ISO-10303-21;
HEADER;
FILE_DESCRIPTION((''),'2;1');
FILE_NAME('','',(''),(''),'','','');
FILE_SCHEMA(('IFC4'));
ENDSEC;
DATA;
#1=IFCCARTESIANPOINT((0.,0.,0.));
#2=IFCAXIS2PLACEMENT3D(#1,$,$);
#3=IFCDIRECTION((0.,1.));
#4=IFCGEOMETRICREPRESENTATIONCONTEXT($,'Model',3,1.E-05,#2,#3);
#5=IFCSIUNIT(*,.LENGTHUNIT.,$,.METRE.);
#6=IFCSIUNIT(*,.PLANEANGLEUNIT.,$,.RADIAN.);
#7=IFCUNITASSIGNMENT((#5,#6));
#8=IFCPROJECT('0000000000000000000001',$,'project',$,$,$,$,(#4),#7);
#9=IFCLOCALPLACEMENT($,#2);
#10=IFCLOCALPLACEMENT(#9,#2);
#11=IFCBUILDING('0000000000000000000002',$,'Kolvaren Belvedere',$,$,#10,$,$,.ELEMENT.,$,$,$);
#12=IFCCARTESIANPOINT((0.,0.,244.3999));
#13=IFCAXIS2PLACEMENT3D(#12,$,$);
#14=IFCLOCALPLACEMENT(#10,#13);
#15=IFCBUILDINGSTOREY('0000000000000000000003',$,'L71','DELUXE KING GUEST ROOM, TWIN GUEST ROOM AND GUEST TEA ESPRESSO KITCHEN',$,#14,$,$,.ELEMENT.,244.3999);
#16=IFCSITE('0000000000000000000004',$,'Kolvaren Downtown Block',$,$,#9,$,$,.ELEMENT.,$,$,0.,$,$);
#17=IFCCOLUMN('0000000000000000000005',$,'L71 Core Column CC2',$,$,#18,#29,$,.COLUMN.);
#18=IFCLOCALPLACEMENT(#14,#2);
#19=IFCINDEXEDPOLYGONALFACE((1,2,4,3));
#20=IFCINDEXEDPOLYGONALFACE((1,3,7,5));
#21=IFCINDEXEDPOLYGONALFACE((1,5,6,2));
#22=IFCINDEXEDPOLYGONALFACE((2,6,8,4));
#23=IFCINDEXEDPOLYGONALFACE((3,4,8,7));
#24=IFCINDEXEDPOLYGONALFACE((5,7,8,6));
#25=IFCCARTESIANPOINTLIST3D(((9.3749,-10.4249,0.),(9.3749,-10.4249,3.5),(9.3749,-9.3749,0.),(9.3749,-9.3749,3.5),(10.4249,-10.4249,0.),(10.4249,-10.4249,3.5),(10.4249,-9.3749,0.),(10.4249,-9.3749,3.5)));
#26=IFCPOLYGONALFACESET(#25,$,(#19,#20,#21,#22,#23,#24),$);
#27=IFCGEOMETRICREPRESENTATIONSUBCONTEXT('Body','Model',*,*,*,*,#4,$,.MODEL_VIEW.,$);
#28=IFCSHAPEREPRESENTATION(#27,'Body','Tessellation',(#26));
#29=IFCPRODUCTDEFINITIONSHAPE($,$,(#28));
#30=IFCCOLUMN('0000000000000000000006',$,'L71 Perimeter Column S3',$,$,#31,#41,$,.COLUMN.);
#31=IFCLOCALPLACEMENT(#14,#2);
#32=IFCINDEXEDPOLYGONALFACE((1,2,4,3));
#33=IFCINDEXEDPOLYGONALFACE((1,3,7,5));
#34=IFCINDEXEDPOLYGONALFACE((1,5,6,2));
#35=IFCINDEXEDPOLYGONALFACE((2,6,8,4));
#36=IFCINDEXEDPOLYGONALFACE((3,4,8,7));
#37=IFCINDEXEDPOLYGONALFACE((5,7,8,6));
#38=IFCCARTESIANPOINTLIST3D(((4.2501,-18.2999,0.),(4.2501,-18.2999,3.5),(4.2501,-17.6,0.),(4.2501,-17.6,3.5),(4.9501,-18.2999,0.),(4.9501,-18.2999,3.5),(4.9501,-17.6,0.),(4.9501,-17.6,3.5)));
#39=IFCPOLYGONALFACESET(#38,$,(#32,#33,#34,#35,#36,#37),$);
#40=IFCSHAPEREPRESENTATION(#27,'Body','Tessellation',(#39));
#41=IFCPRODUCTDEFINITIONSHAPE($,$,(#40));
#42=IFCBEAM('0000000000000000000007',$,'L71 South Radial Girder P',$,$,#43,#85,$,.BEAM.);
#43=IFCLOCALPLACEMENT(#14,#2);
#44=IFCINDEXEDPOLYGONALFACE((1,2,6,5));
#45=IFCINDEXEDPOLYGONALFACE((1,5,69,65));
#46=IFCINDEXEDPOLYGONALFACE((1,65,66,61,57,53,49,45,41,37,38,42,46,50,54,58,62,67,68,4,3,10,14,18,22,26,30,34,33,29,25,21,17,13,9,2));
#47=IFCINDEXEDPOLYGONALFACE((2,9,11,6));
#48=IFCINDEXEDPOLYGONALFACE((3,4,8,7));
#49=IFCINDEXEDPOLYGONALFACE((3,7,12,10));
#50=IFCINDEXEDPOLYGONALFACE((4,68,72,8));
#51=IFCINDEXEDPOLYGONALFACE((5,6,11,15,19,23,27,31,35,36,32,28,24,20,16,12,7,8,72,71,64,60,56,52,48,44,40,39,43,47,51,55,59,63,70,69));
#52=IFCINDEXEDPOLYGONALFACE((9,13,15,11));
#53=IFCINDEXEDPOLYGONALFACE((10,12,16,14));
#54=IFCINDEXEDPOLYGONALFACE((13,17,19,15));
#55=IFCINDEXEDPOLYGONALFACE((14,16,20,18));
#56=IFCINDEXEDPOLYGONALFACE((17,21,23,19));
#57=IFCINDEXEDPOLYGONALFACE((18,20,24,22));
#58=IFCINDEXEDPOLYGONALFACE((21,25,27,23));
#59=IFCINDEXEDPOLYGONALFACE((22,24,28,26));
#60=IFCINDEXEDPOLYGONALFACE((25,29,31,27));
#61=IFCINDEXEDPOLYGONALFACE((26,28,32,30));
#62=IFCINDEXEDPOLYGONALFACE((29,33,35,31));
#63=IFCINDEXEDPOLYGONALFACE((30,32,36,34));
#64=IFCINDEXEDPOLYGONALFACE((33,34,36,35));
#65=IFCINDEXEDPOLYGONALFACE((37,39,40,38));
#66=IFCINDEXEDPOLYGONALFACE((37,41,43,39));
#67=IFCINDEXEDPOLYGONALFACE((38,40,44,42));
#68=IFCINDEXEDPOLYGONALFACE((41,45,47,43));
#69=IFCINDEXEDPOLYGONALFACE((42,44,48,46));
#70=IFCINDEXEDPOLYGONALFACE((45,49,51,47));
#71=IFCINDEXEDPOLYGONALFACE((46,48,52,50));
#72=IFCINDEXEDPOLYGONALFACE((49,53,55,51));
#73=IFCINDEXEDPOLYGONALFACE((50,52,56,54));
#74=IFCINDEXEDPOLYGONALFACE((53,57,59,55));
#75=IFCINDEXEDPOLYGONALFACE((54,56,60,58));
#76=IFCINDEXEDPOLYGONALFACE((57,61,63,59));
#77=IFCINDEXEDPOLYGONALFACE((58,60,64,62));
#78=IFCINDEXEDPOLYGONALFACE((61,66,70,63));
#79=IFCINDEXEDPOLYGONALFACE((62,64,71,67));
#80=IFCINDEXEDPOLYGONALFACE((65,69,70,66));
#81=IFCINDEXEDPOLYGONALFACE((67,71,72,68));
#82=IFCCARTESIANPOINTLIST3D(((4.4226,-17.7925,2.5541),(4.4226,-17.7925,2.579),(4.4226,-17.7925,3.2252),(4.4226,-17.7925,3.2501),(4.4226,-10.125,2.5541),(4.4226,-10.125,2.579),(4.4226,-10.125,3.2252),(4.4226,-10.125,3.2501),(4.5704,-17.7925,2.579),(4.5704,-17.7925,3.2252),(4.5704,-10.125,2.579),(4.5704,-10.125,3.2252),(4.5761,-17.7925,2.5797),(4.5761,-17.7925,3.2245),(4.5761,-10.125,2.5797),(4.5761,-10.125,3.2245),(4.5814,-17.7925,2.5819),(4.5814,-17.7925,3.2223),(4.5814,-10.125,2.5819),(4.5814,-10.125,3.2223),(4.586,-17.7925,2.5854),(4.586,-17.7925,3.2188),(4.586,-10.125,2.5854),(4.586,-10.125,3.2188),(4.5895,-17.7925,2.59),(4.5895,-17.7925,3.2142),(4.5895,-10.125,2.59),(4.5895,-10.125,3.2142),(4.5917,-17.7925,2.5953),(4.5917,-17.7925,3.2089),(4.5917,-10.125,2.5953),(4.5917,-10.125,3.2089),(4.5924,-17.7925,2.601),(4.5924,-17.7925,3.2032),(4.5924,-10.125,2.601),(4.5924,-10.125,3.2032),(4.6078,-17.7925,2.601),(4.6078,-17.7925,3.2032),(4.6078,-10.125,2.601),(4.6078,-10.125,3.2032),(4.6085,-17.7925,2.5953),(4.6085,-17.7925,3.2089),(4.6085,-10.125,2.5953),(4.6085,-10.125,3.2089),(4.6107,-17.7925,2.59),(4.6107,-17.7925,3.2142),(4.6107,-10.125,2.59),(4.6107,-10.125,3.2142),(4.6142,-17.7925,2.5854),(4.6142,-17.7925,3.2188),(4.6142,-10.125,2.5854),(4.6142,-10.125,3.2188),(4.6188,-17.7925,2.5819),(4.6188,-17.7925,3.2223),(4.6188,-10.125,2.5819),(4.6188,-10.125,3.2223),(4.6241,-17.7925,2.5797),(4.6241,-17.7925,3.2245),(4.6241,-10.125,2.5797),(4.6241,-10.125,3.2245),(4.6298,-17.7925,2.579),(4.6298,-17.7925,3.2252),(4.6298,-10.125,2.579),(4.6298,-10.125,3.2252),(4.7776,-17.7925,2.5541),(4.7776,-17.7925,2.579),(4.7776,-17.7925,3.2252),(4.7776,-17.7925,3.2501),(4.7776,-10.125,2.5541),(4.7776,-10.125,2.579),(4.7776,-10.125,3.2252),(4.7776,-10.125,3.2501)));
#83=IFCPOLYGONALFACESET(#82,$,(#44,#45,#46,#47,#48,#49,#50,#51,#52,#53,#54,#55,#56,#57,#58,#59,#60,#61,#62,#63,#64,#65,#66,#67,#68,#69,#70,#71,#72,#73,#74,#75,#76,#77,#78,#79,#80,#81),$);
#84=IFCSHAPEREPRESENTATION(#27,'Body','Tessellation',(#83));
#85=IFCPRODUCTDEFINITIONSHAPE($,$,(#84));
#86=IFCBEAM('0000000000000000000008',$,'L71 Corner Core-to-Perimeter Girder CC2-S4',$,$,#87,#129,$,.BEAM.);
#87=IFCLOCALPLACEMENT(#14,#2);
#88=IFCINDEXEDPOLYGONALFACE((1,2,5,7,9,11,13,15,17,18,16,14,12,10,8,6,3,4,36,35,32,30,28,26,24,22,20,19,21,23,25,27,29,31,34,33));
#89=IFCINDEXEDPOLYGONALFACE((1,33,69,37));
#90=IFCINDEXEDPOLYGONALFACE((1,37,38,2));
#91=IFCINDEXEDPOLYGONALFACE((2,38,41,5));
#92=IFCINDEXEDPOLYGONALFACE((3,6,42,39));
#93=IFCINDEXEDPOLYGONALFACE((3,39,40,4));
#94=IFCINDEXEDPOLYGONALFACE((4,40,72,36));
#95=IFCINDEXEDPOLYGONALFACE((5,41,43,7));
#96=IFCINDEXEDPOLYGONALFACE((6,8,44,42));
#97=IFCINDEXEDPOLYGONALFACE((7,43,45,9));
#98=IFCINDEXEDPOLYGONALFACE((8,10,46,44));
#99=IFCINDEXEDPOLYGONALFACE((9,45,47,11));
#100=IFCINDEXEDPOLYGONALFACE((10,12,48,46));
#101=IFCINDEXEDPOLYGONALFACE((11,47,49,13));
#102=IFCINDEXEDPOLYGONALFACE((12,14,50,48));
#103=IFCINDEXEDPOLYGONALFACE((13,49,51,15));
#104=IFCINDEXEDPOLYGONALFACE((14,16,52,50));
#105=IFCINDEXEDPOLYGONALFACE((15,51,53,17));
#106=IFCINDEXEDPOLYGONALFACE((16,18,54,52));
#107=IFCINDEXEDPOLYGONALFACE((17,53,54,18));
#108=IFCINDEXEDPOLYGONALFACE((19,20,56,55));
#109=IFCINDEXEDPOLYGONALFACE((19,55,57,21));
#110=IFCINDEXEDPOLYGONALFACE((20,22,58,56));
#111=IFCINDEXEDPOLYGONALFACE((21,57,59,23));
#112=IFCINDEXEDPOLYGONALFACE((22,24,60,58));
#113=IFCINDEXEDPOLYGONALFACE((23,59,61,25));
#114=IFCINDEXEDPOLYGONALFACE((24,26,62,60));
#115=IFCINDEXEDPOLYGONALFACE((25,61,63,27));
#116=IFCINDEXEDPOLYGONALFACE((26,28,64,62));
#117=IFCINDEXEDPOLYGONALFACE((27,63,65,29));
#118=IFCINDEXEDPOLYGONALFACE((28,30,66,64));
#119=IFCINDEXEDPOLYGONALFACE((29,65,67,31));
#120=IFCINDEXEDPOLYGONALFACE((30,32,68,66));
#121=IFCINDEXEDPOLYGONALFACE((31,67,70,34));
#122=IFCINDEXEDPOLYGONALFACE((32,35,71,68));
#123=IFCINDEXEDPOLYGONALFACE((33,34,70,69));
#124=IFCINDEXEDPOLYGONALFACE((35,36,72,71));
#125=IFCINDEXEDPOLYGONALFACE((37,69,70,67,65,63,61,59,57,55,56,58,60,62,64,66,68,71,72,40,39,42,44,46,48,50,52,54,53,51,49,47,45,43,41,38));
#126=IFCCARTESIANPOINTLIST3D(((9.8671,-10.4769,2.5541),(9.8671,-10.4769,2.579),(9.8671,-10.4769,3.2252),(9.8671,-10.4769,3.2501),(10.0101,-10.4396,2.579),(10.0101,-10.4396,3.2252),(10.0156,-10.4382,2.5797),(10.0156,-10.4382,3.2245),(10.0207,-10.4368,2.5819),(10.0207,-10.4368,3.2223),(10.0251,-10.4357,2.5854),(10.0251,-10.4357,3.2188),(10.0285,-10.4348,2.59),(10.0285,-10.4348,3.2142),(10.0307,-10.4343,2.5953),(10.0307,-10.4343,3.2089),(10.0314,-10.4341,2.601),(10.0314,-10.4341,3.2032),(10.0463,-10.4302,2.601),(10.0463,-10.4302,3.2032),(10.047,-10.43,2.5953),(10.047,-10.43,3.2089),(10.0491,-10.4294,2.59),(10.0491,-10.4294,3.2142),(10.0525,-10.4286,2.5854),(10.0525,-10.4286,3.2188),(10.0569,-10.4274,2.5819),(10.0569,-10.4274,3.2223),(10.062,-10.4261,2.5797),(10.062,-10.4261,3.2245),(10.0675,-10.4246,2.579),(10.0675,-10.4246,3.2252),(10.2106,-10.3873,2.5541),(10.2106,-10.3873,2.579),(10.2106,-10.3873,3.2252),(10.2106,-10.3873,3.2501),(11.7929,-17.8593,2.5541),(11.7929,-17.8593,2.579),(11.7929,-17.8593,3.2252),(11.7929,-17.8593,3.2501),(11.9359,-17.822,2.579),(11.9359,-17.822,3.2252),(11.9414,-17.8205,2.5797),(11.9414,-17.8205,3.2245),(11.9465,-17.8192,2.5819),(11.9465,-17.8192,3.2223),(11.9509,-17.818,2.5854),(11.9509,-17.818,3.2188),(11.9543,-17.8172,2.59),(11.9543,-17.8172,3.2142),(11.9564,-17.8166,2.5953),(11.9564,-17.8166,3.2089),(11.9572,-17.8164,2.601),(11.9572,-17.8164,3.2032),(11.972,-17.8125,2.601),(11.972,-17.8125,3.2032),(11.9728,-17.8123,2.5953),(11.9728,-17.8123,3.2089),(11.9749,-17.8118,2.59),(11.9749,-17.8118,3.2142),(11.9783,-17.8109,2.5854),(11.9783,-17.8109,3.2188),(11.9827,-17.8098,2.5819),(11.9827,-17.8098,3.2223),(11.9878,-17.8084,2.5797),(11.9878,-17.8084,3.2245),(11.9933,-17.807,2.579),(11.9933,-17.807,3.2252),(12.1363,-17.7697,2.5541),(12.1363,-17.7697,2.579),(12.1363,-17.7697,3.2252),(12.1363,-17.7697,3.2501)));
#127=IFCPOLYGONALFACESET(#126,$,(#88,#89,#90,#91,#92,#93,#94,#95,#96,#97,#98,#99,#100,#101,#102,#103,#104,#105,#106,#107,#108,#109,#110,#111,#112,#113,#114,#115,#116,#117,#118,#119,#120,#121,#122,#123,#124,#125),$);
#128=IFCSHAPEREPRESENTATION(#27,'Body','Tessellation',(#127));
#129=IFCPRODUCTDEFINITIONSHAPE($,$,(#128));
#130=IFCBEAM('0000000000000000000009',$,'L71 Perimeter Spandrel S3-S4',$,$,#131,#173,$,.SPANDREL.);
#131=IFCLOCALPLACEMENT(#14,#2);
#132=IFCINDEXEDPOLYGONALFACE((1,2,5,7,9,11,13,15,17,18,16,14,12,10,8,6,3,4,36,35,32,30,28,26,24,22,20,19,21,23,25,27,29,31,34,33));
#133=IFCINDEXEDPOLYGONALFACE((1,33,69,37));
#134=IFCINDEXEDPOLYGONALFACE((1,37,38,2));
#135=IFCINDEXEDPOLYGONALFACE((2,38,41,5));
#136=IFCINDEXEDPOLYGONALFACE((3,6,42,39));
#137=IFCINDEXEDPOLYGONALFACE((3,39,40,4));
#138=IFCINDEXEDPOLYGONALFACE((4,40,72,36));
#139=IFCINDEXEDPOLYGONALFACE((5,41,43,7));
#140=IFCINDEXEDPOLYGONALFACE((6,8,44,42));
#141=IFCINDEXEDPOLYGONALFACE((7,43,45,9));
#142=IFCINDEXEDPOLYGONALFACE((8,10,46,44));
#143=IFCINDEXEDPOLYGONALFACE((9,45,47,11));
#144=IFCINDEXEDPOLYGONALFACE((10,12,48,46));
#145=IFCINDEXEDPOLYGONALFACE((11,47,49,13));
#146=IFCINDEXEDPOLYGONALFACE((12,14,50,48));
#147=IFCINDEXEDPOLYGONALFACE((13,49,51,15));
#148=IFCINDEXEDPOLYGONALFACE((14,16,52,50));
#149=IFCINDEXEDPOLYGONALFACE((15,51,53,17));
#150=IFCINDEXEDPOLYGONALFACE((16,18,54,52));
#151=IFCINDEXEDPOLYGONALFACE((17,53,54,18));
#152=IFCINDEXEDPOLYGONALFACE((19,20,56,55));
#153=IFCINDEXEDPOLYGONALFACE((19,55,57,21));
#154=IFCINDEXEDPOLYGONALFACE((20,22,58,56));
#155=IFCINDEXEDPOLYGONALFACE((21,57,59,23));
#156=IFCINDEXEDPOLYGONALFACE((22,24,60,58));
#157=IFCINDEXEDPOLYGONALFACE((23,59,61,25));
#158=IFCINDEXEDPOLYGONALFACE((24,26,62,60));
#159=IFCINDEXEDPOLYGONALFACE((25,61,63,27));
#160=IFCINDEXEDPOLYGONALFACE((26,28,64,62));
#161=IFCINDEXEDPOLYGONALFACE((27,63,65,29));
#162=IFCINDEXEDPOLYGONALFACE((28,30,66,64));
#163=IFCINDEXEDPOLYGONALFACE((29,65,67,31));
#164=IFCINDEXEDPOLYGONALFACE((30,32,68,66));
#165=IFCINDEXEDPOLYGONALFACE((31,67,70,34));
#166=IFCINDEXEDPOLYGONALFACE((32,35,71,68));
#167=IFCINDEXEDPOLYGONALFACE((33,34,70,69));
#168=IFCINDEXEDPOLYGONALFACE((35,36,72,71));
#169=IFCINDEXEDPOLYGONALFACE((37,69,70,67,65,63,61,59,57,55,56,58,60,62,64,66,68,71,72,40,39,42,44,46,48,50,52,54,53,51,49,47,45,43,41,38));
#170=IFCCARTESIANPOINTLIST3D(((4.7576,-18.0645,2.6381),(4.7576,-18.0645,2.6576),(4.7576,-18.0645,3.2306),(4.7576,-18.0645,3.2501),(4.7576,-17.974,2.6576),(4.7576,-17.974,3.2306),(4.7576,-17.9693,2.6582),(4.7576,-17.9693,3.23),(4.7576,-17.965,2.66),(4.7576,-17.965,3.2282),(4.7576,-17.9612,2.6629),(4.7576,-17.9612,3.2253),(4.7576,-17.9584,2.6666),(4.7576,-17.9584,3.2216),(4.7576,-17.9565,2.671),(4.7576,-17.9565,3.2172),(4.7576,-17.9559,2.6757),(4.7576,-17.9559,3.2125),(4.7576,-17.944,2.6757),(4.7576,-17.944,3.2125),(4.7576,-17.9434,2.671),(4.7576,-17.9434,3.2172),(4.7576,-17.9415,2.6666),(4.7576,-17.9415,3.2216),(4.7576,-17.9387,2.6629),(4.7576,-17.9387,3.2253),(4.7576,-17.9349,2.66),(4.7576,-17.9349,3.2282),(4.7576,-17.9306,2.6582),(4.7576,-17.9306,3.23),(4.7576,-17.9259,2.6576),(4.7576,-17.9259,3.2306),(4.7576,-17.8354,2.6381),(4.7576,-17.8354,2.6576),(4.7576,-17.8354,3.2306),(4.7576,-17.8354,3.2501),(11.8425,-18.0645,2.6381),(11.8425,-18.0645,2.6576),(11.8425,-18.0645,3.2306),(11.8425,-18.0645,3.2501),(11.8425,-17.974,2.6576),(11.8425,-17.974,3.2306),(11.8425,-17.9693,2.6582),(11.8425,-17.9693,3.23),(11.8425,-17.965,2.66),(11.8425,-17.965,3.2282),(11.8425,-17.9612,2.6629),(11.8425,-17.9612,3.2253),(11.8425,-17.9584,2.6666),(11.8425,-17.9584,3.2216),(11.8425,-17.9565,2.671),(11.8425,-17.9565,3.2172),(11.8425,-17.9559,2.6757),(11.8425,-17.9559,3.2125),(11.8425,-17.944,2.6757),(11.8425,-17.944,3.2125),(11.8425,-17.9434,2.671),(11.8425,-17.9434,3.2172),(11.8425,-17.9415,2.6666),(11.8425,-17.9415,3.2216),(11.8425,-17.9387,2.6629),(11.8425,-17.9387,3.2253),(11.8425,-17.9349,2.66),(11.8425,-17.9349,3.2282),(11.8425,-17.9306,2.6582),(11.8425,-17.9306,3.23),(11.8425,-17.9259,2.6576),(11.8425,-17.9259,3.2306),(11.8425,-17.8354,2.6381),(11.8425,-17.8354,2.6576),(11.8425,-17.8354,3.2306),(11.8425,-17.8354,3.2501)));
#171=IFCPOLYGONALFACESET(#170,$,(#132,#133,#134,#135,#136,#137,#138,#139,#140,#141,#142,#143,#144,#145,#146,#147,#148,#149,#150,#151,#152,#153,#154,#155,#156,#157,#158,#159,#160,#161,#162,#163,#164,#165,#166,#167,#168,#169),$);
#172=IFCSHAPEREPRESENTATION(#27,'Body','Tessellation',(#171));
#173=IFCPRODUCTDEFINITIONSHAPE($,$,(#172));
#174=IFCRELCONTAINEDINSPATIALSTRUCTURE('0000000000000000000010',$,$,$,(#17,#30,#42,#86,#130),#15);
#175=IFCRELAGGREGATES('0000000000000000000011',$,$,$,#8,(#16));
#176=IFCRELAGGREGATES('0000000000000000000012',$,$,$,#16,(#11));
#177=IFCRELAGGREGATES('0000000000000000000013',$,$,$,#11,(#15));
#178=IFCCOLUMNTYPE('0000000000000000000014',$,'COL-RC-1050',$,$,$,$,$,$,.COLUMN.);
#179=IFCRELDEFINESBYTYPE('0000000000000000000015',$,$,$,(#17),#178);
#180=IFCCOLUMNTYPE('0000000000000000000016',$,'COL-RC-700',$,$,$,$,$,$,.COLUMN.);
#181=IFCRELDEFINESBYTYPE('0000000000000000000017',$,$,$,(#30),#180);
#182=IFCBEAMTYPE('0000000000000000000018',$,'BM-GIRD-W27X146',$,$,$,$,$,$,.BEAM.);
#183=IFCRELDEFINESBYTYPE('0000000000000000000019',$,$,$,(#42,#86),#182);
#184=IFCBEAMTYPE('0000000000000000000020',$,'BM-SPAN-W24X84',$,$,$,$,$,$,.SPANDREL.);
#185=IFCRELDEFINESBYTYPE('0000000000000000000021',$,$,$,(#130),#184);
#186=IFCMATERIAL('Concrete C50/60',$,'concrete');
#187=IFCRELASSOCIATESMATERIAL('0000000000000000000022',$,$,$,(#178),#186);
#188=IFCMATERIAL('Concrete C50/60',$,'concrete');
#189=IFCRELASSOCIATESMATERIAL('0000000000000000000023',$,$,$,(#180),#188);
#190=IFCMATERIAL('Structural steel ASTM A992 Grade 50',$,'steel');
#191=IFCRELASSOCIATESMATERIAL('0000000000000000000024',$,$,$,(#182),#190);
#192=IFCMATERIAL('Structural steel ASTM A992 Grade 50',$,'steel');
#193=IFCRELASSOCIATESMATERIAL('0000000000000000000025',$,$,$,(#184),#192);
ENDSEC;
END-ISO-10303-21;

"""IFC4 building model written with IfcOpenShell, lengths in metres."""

from ifc_helpers import new_model, si_unit, direction, frame, origin, origin_2d, place, context, subcontext, project, spatial, rectangle, i_section, extrude, material, material_profile, profile_set, type_object, element, save


model = new_model("IFC4")

# Units and contexts
model_context = context("Model", 3, precision=1e-05, world=origin(), true_north=direction((0.0, 1.0)))
body_context = subcontext(model_context, "Body", "Model", "MODEL_VIEW")
ifc_project = project(units=[si_unit("LENGTHUNIT", "METRE"), si_unit("PLANEANGLEUNIT", "RADIAN")], contexts=[model_context])

# Site, building, storey
site_placement = place(None, origin())
site = spatial("IfcSite", under=ifc_project, at=site_placement, Name="Kolvaren Downtown Block", CompositionType="ELEMENT", RefElevation=0.0)
building_placement = place(site_placement, origin())
building = spatial("IfcBuilding", under=site, at=building_placement, Name="Kolvaren Belvedere", CompositionType="ELEMENT")
storey_placement = place(building_placement, frame((0.0, 0.0, 244.3999)))
storey = spatial("IfcBuildingStorey", under=building, at=storey_placement, Name="L71", Description="DELUXE KING GUEST ROOM, TWIN GUEST ROOM AND GUEST TEA ESPRESSO KITCHEN", CompositionType="ELEMENT", Elevation=244.3999)

# Columns
ifc_material_1 = material(Name="Concrete C50/60", Category="concrete")
ifc_material_profile_1 = material_profile(ifc_material_1, rectangle(XDim=1.05, YDim=1.05, at=origin_2d()), Name="RC 1050X1050")
ifc_profile_set_1 = profile_set([ifc_material_profile_1], Name="Concrete C50/60")
column_type_1 = type_object("IfcColumnType", Name="COL-RC-1050", PredefinedType="COLUMN", material=ifc_profile_set_1)
column_1_placement = place(storey_placement, frame((9.8999, -9.8999, 0.0), z_axis=(0.0, 0.0, 1.0), x_axis=(1.0, 0.0, 0.0)))
element("IfcColumn", 1, at=column_1_placement, inside=storey, type_object=column_type_1, Name="L71 Core Column CC2", PredefinedType="COLUMN", context=body_context, shape_type="SweptSolid", body=[
    extrude(rectangle(XDim=1.05, YDim=1.05, at=origin_2d()), origin(), (0.0, 0.0, 1.0), 3.5),
])
ifc_material_2 = material(Name="Concrete C50/60", Category="concrete")
ifc_material_profile_2 = material_profile(ifc_material_2, rectangle(XDim=0.7, YDim=0.7, at=origin_2d()), Name="RC 700X700")
ifc_profile_set_2 = profile_set([ifc_material_profile_2], Name="Concrete C50/60")
column_type_2 = type_object("IfcColumnType", Name="COL-RC-700", PredefinedType="COLUMN", material=ifc_profile_set_2)
column_2_placement = place(storey_placement, frame((4.6001, -17.95, 0.0), z_axis=(0.0, 0.0, 1.0), x_axis=(1.0, 0.0, 0.0)))
element("IfcColumn", 2, at=column_2_placement, inside=storey, type_object=column_type_2, Name="L71 Perimeter Column S3", PredefinedType="COLUMN", context=body_context, shape_type="SweptSolid", body=[
    extrude(rectangle(XDim=0.7, YDim=0.7, at=origin_2d()), origin(), (0.0, 0.0, 1.0), 3.5),
])

# Beams
ifc_material_3 = material(Name="Structural steel ASTM A992 Grade 50", Category="steel")
ifc_material_profile_3 = material_profile(ifc_material_3, i_section(OverallWidth=0.355, OverallDepth=0.696, WebThickness=0.0154, FlangeThickness=0.0249, FilletRadius=0.022, at=origin_2d()), Name="W27X146")
ifc_profile_set_3 = profile_set([ifc_material_profile_3], Name="Structural steel ASTM A992 Grade 50")
beam_type_1 = type_object("IfcBeamType", Name="BM-GIRD-W27X146", PredefinedType="BEAM", material=ifc_profile_set_3)
beam_1_placement = place(storey_placement, frame((4.6001, -10.125, 2.9021), z_axis=(0.0, -1.0, 0.0), x_axis=(1.0, 0.0, 0.0)))
element("IfcBeam", 3, at=beam_1_placement, inside=storey, type_object=beam_type_1, Name="L71 South Radial Girder P", PredefinedType="BEAM", context=body_context, shape_type="SweptSolid", body=[
    extrude(i_section(OverallWidth=0.355, OverallDepth=0.696, WebThickness=0.0154, FlangeThickness=0.0249, FilletRadius=0.022, at=origin_2d()), origin(), (0.0, 0.0, 1.0), 7.6675),
])
beam_2_placement = place(storey_placement, frame((10.0388, -10.4321, 2.9021), z_axis=(0.252417, -0.967619, 0.0), x_axis=(0.967619, 0.252417, 0.0)))
element("IfcBeam", 4, at=beam_2_placement, inside=storey, type_object=beam_type_1, Name="L71 Corner Core-to-Perimeter Girder CC2-S4", PredefinedType="BEAM", context=body_context, shape_type="SweptSolid", body=[
    extrude(i_section(OverallWidth=0.355, OverallDepth=0.696, WebThickness=0.0154, FlangeThickness=0.0249, FilletRadius=0.022, at=origin_2d()), origin(), (0.0, 0.0, 1.0), 7.6294),
])
ifc_material_4 = material(Name="Structural steel ASTM A992 Grade 50", Category="steel")
ifc_material_profile_4 = material_profile(ifc_material_4, i_section(OverallWidth=0.229, OverallDepth=0.6121, WebThickness=0.012, FlangeThickness=0.0195, FilletRadius=0.0181, at=origin_2d()), Name="W24X84")
ifc_profile_set_4 = profile_set([ifc_material_profile_4], Name="Structural steel ASTM A992 Grade 50")
beam_type_2 = type_object("IfcBeamType", Name="BM-SPAN-W24X84", PredefinedType="SPANDREL", material=ifc_profile_set_4)
beam_3_placement = place(storey_placement, frame((4.7576, -17.95, 2.9441), z_axis=(1.0, 0.0, 0.0), x_axis=(0.0, 1.0, 0.0)))
element("IfcBeam", 5, at=beam_3_placement, inside=storey, type_object=beam_type_2, Name="L71 Perimeter Spandrel S3-S4", PredefinedType="SPANDREL", context=body_context, shape_type="SweptSolid", body=[
    extrude(i_section(OverallWidth=0.229, OverallDepth=0.6121, WebThickness=0.012, FlangeThickness=0.0195, FilletRadius=0.0181, at=origin_2d()), origin(), (0.0, 0.0, 1.0), 7.085),
])

save(model, "model.ifc")
